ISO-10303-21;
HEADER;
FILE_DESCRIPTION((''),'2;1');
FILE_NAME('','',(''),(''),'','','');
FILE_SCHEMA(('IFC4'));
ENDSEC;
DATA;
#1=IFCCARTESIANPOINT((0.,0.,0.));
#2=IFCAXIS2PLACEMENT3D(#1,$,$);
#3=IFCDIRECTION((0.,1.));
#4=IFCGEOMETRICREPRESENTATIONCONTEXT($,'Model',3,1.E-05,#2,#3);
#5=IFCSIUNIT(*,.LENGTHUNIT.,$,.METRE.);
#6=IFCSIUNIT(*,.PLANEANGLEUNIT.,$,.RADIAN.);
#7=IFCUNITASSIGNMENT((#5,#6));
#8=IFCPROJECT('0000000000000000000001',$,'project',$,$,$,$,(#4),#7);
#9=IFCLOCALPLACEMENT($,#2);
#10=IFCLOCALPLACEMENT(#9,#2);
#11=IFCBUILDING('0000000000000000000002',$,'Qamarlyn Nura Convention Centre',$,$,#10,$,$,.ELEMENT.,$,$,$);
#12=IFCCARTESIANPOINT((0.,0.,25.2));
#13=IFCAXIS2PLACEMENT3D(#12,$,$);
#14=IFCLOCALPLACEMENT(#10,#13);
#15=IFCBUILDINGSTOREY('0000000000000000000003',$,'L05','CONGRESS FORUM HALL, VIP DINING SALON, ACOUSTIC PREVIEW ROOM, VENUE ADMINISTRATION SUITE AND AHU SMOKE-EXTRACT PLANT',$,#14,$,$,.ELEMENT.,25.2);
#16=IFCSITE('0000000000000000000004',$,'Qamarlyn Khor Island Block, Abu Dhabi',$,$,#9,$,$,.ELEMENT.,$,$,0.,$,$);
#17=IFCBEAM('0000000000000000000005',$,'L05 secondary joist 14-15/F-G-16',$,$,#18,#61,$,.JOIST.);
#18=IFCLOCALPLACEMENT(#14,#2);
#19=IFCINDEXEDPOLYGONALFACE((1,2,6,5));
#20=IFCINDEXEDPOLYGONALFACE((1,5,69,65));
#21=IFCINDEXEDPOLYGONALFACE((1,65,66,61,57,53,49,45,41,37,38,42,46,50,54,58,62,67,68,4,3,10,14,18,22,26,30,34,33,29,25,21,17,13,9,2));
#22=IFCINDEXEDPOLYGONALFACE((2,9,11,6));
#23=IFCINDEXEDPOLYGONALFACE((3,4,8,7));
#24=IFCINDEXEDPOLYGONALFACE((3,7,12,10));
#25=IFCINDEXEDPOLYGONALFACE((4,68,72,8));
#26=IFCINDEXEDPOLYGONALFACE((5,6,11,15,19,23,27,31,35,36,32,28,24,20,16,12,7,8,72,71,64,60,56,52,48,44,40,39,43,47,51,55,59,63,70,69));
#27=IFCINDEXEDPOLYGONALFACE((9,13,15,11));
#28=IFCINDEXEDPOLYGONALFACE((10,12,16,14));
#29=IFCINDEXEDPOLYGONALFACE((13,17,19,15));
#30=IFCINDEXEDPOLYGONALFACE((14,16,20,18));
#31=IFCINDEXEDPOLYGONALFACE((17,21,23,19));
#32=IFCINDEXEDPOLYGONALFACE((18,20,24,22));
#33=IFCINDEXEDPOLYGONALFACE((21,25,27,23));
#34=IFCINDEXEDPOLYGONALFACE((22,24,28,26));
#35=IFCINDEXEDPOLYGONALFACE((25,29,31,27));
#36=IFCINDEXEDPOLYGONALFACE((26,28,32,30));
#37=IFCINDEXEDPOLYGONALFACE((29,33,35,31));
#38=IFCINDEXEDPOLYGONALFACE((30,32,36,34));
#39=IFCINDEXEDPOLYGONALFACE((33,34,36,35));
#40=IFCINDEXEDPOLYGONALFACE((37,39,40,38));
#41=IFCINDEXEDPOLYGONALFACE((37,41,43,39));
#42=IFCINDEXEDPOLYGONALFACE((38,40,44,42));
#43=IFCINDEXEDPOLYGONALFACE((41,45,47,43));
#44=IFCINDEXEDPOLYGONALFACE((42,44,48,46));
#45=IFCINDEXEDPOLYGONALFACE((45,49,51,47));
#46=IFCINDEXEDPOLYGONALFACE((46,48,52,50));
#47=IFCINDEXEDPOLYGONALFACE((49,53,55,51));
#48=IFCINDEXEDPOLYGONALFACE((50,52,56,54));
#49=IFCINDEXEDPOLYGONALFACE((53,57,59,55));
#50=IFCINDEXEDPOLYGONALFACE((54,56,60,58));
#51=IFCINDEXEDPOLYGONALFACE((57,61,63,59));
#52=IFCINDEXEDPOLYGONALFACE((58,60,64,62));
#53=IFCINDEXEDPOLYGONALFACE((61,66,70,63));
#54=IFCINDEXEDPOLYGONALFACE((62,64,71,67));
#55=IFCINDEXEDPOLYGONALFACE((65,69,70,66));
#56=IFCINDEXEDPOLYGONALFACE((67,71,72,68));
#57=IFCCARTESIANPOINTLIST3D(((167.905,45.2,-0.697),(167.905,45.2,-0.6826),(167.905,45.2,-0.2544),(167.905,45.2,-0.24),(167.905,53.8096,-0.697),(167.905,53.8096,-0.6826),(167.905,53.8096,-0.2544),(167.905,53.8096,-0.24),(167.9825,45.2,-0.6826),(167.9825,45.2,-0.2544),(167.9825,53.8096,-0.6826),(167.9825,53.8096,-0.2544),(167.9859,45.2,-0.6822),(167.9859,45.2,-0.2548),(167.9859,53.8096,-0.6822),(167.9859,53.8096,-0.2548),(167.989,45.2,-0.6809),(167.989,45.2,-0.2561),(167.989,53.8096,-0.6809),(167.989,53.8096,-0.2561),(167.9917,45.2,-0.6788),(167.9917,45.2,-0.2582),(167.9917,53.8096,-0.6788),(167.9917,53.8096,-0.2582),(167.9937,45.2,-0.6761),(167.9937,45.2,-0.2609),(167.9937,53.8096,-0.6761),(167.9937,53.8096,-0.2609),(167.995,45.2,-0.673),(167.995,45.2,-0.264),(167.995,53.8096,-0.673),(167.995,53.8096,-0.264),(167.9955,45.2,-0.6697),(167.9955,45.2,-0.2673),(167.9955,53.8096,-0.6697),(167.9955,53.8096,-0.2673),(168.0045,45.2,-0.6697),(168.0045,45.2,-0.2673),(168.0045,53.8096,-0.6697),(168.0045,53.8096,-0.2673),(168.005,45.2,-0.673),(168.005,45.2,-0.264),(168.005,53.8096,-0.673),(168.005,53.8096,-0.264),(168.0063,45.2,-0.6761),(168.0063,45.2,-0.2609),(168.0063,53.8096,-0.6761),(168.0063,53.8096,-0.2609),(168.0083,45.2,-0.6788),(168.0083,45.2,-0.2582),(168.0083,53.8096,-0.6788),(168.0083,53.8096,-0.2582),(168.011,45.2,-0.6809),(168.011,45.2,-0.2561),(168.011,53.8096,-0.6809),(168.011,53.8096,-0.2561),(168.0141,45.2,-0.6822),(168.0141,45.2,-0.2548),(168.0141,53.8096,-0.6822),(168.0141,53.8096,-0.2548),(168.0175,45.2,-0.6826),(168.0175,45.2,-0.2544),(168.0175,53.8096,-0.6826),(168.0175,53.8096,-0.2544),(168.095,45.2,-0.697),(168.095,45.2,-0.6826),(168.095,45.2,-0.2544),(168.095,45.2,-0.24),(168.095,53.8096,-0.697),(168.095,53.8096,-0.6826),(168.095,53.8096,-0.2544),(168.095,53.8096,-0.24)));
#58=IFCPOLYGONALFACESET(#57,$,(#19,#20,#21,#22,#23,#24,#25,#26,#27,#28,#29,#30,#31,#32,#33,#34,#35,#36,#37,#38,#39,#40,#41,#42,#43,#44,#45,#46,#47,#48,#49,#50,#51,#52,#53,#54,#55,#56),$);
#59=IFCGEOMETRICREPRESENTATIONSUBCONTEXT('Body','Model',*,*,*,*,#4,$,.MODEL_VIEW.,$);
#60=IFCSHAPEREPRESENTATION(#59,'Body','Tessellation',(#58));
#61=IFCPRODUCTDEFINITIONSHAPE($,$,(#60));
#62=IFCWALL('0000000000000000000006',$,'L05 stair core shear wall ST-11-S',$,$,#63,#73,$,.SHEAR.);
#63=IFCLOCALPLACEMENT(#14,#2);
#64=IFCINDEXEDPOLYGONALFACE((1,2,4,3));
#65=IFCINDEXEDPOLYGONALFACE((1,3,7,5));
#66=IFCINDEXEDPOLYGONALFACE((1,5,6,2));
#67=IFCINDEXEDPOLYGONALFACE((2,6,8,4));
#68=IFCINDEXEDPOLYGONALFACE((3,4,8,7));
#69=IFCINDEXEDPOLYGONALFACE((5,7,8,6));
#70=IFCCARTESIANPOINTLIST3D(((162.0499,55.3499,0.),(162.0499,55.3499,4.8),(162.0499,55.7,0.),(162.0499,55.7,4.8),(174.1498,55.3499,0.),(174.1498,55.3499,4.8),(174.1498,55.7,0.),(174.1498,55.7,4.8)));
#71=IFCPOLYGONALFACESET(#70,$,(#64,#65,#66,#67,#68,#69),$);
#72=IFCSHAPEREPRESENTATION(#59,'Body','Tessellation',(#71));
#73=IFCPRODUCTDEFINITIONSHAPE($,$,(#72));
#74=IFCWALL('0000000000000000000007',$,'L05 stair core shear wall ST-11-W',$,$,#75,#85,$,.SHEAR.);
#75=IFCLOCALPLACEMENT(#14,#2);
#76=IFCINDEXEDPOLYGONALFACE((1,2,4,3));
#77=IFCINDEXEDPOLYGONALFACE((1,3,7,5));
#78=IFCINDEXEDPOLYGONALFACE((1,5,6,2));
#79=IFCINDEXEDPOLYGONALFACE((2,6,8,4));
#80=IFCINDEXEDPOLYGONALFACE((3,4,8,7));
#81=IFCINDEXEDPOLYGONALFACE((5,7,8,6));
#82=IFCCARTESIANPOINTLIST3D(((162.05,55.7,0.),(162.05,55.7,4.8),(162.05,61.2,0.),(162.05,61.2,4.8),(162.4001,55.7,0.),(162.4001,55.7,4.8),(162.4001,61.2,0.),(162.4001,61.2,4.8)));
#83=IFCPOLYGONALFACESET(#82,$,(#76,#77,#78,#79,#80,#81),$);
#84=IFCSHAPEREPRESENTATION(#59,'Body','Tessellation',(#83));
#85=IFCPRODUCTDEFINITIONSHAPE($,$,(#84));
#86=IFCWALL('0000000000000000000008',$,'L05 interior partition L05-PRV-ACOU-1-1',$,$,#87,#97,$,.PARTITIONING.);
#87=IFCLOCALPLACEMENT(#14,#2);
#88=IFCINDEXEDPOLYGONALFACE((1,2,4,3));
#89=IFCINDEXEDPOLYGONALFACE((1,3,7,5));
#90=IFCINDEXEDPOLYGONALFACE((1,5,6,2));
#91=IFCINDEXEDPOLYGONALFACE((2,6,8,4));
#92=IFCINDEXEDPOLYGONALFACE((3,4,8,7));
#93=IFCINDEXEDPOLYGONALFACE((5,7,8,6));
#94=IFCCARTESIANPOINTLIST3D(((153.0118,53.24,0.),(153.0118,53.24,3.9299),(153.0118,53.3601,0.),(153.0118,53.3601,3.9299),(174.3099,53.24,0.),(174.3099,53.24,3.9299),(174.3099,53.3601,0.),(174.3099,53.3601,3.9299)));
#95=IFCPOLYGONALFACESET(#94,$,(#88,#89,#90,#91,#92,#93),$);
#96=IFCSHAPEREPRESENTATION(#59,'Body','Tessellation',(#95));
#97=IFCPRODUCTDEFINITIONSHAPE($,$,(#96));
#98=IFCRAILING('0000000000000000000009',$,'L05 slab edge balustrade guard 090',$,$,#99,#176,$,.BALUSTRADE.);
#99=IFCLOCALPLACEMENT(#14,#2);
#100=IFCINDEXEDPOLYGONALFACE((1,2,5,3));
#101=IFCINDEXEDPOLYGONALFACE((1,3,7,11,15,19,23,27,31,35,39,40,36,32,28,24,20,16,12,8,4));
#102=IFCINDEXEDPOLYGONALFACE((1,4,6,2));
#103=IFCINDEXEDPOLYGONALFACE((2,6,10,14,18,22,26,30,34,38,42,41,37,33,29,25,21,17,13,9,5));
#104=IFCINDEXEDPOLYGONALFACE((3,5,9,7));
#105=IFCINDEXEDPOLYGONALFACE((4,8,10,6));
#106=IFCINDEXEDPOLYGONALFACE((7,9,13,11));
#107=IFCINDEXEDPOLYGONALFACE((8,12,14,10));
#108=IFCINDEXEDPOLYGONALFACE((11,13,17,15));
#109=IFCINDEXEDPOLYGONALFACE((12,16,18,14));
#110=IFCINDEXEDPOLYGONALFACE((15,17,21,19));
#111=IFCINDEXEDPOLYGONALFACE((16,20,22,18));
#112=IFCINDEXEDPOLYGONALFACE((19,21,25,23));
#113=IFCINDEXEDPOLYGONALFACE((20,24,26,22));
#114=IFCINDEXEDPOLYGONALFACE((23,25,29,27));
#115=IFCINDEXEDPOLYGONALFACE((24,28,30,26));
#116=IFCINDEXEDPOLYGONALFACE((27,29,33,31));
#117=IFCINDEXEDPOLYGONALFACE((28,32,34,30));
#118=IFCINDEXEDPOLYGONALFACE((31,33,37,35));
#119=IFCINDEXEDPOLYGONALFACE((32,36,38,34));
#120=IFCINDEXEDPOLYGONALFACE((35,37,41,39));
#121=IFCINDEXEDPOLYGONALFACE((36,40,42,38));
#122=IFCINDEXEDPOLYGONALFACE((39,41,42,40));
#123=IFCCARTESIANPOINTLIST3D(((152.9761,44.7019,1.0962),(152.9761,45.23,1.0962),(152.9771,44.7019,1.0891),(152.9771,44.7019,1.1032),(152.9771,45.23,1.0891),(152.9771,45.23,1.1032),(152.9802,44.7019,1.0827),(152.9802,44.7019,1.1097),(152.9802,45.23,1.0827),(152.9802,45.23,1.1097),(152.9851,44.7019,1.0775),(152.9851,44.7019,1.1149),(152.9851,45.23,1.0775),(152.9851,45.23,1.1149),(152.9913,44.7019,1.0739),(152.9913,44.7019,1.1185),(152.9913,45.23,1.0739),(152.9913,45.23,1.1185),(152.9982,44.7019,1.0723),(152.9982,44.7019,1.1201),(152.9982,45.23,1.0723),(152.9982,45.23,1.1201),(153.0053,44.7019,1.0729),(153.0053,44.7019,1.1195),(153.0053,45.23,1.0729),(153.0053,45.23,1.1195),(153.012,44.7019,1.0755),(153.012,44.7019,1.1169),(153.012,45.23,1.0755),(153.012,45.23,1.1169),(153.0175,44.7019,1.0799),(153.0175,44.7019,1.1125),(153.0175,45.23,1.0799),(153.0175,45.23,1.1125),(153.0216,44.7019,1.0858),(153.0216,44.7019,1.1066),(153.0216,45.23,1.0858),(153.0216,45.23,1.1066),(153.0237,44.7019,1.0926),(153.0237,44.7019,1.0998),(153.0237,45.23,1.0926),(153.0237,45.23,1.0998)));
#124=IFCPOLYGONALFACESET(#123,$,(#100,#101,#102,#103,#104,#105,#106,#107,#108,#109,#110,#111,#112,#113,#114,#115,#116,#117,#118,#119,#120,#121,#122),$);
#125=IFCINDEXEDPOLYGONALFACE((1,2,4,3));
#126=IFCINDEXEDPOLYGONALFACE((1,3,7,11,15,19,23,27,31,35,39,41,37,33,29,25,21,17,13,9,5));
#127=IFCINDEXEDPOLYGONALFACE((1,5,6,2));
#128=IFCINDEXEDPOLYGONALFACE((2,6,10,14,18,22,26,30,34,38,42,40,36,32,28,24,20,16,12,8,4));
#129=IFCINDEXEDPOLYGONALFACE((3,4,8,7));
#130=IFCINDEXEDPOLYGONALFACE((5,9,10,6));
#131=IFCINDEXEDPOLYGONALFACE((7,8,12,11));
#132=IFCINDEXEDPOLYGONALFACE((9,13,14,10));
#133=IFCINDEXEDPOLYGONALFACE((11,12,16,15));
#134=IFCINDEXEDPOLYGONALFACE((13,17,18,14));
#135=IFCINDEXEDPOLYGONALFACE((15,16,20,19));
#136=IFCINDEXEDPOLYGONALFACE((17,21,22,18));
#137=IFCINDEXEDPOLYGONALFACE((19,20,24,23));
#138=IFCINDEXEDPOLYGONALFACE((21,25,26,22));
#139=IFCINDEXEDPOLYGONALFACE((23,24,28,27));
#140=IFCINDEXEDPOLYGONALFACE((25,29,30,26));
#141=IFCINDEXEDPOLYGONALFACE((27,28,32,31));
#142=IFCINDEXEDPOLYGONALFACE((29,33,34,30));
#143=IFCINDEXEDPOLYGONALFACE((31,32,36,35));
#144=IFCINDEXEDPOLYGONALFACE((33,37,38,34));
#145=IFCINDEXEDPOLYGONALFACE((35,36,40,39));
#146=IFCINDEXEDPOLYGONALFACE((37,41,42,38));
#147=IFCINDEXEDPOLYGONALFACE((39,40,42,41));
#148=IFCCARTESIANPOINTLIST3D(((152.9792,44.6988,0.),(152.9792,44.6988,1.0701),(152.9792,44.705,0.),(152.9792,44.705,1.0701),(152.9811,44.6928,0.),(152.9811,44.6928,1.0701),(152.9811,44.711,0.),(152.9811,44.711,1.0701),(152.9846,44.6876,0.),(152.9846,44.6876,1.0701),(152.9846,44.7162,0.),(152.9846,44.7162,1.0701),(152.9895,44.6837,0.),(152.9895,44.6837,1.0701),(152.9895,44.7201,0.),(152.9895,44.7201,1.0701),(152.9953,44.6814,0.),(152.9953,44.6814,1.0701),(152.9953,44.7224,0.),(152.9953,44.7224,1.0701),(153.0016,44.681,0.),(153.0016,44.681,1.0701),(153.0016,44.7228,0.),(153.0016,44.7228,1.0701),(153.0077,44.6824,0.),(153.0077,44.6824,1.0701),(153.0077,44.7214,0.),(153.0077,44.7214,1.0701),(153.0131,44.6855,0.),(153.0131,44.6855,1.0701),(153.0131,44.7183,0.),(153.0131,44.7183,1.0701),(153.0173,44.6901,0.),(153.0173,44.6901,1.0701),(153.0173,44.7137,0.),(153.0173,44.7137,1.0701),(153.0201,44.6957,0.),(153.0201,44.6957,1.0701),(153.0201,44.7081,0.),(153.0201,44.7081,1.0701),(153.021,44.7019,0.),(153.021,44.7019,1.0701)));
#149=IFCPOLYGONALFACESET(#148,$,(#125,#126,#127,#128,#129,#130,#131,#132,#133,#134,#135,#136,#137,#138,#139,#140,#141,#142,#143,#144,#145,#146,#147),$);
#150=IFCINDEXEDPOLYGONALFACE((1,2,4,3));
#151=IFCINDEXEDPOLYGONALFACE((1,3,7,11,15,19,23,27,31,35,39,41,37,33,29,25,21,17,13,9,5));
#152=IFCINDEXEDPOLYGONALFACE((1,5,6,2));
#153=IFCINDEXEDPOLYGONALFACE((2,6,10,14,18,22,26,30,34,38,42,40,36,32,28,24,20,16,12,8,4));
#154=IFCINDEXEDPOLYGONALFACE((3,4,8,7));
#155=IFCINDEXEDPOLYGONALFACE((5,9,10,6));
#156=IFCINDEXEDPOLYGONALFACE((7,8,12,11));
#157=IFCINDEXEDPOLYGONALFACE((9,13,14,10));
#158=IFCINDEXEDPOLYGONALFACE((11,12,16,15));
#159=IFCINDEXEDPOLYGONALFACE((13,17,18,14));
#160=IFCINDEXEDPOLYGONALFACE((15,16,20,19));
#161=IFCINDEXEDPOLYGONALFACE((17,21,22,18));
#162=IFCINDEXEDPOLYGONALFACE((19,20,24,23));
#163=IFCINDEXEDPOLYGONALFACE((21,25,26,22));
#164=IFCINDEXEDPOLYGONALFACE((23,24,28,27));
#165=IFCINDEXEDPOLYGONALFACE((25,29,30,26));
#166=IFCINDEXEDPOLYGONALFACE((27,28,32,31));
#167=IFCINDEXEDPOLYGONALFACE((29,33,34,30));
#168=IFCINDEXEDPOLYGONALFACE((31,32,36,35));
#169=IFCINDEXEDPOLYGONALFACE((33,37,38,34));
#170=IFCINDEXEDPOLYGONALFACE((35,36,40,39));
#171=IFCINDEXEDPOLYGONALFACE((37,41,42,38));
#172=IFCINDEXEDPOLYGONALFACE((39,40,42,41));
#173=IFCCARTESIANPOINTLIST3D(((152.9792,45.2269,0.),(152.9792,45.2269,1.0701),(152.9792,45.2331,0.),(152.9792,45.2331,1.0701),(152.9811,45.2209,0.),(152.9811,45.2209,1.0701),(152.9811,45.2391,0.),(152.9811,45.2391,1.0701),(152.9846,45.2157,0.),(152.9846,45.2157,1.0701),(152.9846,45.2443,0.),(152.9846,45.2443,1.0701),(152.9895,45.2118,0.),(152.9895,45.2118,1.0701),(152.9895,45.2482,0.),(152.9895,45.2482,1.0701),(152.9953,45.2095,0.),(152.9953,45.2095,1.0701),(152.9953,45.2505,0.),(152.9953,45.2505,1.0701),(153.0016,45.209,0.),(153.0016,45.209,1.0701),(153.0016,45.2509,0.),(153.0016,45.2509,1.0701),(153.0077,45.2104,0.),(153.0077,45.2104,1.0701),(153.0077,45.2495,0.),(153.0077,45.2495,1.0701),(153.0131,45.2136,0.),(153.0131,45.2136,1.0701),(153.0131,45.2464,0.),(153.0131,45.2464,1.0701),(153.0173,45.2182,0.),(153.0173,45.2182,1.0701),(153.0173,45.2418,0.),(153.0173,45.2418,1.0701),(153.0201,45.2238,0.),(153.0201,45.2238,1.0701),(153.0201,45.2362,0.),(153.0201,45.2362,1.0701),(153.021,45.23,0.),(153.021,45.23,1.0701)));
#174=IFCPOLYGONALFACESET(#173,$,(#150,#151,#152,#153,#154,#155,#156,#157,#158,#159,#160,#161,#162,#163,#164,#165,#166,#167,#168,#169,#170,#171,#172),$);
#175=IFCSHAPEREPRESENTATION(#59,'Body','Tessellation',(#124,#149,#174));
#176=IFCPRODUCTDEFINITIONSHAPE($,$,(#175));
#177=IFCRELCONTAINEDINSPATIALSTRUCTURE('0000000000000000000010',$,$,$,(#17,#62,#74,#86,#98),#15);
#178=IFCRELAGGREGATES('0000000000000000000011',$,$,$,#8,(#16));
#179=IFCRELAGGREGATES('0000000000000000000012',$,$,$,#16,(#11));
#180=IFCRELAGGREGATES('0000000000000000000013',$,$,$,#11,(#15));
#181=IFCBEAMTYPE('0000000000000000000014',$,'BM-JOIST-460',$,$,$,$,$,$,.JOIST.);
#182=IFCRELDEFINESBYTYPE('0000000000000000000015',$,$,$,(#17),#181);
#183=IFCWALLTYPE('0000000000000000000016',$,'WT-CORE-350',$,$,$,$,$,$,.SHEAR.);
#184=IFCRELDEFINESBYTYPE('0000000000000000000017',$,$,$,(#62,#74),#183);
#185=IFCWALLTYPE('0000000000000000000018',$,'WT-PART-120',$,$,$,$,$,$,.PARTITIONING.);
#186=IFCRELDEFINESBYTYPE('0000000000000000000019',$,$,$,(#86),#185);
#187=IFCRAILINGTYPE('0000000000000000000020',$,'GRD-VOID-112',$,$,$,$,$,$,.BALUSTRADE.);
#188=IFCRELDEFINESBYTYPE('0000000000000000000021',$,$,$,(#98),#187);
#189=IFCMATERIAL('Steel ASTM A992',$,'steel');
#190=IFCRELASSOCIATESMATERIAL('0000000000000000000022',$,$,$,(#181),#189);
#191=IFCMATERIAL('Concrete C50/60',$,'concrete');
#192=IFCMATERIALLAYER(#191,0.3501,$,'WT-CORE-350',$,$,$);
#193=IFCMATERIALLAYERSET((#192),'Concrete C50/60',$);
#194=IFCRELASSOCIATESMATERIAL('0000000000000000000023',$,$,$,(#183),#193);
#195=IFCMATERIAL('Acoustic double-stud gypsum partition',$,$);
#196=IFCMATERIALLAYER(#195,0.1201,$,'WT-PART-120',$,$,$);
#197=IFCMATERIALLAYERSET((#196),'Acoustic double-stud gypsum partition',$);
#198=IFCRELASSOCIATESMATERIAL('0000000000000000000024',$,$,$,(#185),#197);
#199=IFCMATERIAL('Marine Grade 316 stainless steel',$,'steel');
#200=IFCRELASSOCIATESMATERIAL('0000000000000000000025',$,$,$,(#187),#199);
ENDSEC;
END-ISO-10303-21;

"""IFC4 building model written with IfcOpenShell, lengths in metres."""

from ifc_helpers import new_model, si_unit, direction, frame, frame_2d, origin, origin_2d, place, context, subcontext, project, spatial, rectangle, circle, i_section, extrude, material, layer, layer_set, material_profile, profile_set, type_object, element, save


model = new_model("IFC4")

# Units and contexts
model_context = context("Model", 3, precision=1e-05, world=origin(), true_north=direction((0.0, 1.0)))
body_context = subcontext(model_context, "Body", "Model", "MODEL_VIEW")
ifc_project = project(units=[si_unit("LENGTHUNIT", "METRE"), si_unit("PLANEANGLEUNIT", "RADIAN")], contexts=[model_context])

# Site, building, storey
site_placement = place(None, origin())
site = spatial("IfcSite", under=ifc_project, at=site_placement, Name="Qamarlyn Khor Island Block, Abu Dhabi", CompositionType="ELEMENT", RefElevation=0.0)
building_placement = place(site_placement, origin())
building = spatial("IfcBuilding", under=site, at=building_placement, Name="Qamarlyn Nura Convention Centre", CompositionType="ELEMENT")
storey_placement = place(building_placement, frame((0.0, 0.0, 25.2)))
storey = spatial("IfcBuildingStorey", under=building, at=storey_placement, Name="L05", Description="CONGRESS FORUM HALL, VIP DINING SALON, ACOUSTIC PREVIEW ROOM, VENUE ADMINISTRATION SUITE AND AHU SMOKE-EXTRACT PLANT", CompositionType="ELEMENT", Elevation=25.2)

# Shared definitions
ifc_material_1 = material(Name="Steel ASTM A992", Category="steel")

# Beam
ifc_material_profile_1 = material_profile(ifc_material_1, i_section(OverallWidth=0.1899, OverallDepth=0.457, WebThickness=0.009, FlangeThickness=0.0144, FilletRadius=0.0129, at=origin_2d()), Name="W460X74")
ifc_profile_set_1 = profile_set([ifc_material_profile_1], Name="Steel ASTM A992")
beam_type_1 = type_object("IfcBeamType", Name="BM-JOIST-460", PredefinedType="JOIST", material=ifc_profile_set_1)
for number, where, z_axis, x_axis, name in (
    (1, (168.0, 45.2, -0.4685), (0.0, 1.0, 0.0), (-1.0, 0.0, 0.0), "L05 secondary joist 14-15/F-G-16"),
):
    element("IfcBeam", number, at=place(storey_placement, frame(where, z_axis=z_axis, x_axis=x_axis)), inside=storey, type_object=beam_type_1, Name=name, PredefinedType="JOIST", context=body_context, shape_type="SweptSolid", body=[
        extrude(i_section(OverallWidth=0.1899, OverallDepth=0.457, WebThickness=0.009, FlangeThickness=0.0144, FilletRadius=0.0129, at=origin_2d()), origin(), (0.0, 0.0, 1.0), 8.6096),
    ])

# Walls
ifc_material_2 = material(Name="Concrete C50/60", Category="concrete")
ifc_layer_1 = layer(ifc_material_2, 0.3501, Name="WT-CORE-350")
ifc_layer_set_1 = layer_set([ifc_layer_1], Name="Concrete C50/60")
wall_type_1 = type_object("IfcWallType", Name="WT-CORE-350", PredefinedType="SHEAR", material=ifc_layer_set_1)
wall_1_placement = place(storey_placement, frame((162.05, 55.5249, 0.0), z_axis=(0.0, 0.0, 1.0), x_axis=(1.0, 0.0, 0.0)))
element("IfcWall", 2, at=wall_1_placement, inside=storey, type_object=wall_type_1, Name="L05 stair core shear wall ST-11-S", PredefinedType="SHEAR", context=body_context, shape_type="SweptSolid", body=[
    extrude(rectangle(XDim=12.0999, YDim=0.3501, at=frame_2d((6.0498, 0.0))), origin(), (0.0, 0.0, 1.0), 4.8),
])
wall_2_placement = place(storey_placement, frame((162.2251, 61.2, 0.0), z_axis=(0.0, 0.0, 1.0), x_axis=(0.0, -1.0, 0.0)))
element("IfcWall", 3, at=wall_2_placement, inside=storey, type_object=wall_type_1, Name="L05 stair core shear wall ST-11-W", PredefinedType="SHEAR", context=body_context, shape_type="SweptSolid", body=[
    extrude(rectangle(XDim=5.5, YDim=0.3501, at=frame_2d((2.75, 0.0))), origin(), (0.0, 0.0, 1.0), 4.8),
])
ifc_material_3 = material(Name="Acoustic double-stud gypsum partition")
ifc_layer_2 = layer(ifc_material_3, 0.1201, Name="WT-PART-120")
ifc_layer_set_2 = layer_set([ifc_layer_2], Name="Acoustic double-stud gypsum partition")
wall_type_2 = type_object("IfcWallType", Name="WT-PART-120", PredefinedType="PARTITIONING", material=ifc_layer_set_2)
wall_3_placement = place(storey_placement, frame((153.012, 53.3, 0.0), z_axis=(0.0, 0.0, 1.0), x_axis=(1.0, 0.0, 0.0)))
element("IfcWall", 4, at=wall_3_placement, inside=storey, type_object=wall_type_2, Name="L05 interior partition L05-PRV-ACOU-1-1", PredefinedType="PARTITIONING", context=body_context, shape_type="SweptSolid", body=[
    extrude(rectangle(XDim=21.2981, YDim=0.1201, at=frame_2d((10.6489, 0.0))), origin(), (0.0, 0.0, 1.0), 3.9299),
])

# Railing
ifc_material_4 = material(Name="Marine Grade 316 stainless steel", Category="steel")
railing_type = type_object("IfcRailingType", Name="GRD-VOID-112", PredefinedType="BALUSTRADE", material=ifc_material_4)
railing_placement = place(storey_placement, frame((153.0, 44.7019, 0.0)))
element("IfcRailing", 5, at=railing_placement, inside=storey, type_object=railing_type, Name="L05 slab edge balustrade guard 090", PredefinedType="BALUSTRADE", context=body_context, shape_type="SweptSolid", body=[
    extrude(circle(Radius=0.0239, at=origin_2d()), frame((0.0, 0.0, 1.0962), z_axis=(0.0, 1.0, 0.0), x_axis=(-1.0, 0.0, 0.0)), (0.0, 0.0, 1.0), 0.5281),
    extrude(circle(Radius=0.021, at=origin_2d()), origin(), (0.0, 0.0, 1.0), 1.0701),
    extrude(circle(Radius=0.021, at=origin_2d()), frame((0.0, 0.5281, 0.0)), (0.0, 0.0, 1.0), 1.0701),
])

save(model, "model.ifc")
